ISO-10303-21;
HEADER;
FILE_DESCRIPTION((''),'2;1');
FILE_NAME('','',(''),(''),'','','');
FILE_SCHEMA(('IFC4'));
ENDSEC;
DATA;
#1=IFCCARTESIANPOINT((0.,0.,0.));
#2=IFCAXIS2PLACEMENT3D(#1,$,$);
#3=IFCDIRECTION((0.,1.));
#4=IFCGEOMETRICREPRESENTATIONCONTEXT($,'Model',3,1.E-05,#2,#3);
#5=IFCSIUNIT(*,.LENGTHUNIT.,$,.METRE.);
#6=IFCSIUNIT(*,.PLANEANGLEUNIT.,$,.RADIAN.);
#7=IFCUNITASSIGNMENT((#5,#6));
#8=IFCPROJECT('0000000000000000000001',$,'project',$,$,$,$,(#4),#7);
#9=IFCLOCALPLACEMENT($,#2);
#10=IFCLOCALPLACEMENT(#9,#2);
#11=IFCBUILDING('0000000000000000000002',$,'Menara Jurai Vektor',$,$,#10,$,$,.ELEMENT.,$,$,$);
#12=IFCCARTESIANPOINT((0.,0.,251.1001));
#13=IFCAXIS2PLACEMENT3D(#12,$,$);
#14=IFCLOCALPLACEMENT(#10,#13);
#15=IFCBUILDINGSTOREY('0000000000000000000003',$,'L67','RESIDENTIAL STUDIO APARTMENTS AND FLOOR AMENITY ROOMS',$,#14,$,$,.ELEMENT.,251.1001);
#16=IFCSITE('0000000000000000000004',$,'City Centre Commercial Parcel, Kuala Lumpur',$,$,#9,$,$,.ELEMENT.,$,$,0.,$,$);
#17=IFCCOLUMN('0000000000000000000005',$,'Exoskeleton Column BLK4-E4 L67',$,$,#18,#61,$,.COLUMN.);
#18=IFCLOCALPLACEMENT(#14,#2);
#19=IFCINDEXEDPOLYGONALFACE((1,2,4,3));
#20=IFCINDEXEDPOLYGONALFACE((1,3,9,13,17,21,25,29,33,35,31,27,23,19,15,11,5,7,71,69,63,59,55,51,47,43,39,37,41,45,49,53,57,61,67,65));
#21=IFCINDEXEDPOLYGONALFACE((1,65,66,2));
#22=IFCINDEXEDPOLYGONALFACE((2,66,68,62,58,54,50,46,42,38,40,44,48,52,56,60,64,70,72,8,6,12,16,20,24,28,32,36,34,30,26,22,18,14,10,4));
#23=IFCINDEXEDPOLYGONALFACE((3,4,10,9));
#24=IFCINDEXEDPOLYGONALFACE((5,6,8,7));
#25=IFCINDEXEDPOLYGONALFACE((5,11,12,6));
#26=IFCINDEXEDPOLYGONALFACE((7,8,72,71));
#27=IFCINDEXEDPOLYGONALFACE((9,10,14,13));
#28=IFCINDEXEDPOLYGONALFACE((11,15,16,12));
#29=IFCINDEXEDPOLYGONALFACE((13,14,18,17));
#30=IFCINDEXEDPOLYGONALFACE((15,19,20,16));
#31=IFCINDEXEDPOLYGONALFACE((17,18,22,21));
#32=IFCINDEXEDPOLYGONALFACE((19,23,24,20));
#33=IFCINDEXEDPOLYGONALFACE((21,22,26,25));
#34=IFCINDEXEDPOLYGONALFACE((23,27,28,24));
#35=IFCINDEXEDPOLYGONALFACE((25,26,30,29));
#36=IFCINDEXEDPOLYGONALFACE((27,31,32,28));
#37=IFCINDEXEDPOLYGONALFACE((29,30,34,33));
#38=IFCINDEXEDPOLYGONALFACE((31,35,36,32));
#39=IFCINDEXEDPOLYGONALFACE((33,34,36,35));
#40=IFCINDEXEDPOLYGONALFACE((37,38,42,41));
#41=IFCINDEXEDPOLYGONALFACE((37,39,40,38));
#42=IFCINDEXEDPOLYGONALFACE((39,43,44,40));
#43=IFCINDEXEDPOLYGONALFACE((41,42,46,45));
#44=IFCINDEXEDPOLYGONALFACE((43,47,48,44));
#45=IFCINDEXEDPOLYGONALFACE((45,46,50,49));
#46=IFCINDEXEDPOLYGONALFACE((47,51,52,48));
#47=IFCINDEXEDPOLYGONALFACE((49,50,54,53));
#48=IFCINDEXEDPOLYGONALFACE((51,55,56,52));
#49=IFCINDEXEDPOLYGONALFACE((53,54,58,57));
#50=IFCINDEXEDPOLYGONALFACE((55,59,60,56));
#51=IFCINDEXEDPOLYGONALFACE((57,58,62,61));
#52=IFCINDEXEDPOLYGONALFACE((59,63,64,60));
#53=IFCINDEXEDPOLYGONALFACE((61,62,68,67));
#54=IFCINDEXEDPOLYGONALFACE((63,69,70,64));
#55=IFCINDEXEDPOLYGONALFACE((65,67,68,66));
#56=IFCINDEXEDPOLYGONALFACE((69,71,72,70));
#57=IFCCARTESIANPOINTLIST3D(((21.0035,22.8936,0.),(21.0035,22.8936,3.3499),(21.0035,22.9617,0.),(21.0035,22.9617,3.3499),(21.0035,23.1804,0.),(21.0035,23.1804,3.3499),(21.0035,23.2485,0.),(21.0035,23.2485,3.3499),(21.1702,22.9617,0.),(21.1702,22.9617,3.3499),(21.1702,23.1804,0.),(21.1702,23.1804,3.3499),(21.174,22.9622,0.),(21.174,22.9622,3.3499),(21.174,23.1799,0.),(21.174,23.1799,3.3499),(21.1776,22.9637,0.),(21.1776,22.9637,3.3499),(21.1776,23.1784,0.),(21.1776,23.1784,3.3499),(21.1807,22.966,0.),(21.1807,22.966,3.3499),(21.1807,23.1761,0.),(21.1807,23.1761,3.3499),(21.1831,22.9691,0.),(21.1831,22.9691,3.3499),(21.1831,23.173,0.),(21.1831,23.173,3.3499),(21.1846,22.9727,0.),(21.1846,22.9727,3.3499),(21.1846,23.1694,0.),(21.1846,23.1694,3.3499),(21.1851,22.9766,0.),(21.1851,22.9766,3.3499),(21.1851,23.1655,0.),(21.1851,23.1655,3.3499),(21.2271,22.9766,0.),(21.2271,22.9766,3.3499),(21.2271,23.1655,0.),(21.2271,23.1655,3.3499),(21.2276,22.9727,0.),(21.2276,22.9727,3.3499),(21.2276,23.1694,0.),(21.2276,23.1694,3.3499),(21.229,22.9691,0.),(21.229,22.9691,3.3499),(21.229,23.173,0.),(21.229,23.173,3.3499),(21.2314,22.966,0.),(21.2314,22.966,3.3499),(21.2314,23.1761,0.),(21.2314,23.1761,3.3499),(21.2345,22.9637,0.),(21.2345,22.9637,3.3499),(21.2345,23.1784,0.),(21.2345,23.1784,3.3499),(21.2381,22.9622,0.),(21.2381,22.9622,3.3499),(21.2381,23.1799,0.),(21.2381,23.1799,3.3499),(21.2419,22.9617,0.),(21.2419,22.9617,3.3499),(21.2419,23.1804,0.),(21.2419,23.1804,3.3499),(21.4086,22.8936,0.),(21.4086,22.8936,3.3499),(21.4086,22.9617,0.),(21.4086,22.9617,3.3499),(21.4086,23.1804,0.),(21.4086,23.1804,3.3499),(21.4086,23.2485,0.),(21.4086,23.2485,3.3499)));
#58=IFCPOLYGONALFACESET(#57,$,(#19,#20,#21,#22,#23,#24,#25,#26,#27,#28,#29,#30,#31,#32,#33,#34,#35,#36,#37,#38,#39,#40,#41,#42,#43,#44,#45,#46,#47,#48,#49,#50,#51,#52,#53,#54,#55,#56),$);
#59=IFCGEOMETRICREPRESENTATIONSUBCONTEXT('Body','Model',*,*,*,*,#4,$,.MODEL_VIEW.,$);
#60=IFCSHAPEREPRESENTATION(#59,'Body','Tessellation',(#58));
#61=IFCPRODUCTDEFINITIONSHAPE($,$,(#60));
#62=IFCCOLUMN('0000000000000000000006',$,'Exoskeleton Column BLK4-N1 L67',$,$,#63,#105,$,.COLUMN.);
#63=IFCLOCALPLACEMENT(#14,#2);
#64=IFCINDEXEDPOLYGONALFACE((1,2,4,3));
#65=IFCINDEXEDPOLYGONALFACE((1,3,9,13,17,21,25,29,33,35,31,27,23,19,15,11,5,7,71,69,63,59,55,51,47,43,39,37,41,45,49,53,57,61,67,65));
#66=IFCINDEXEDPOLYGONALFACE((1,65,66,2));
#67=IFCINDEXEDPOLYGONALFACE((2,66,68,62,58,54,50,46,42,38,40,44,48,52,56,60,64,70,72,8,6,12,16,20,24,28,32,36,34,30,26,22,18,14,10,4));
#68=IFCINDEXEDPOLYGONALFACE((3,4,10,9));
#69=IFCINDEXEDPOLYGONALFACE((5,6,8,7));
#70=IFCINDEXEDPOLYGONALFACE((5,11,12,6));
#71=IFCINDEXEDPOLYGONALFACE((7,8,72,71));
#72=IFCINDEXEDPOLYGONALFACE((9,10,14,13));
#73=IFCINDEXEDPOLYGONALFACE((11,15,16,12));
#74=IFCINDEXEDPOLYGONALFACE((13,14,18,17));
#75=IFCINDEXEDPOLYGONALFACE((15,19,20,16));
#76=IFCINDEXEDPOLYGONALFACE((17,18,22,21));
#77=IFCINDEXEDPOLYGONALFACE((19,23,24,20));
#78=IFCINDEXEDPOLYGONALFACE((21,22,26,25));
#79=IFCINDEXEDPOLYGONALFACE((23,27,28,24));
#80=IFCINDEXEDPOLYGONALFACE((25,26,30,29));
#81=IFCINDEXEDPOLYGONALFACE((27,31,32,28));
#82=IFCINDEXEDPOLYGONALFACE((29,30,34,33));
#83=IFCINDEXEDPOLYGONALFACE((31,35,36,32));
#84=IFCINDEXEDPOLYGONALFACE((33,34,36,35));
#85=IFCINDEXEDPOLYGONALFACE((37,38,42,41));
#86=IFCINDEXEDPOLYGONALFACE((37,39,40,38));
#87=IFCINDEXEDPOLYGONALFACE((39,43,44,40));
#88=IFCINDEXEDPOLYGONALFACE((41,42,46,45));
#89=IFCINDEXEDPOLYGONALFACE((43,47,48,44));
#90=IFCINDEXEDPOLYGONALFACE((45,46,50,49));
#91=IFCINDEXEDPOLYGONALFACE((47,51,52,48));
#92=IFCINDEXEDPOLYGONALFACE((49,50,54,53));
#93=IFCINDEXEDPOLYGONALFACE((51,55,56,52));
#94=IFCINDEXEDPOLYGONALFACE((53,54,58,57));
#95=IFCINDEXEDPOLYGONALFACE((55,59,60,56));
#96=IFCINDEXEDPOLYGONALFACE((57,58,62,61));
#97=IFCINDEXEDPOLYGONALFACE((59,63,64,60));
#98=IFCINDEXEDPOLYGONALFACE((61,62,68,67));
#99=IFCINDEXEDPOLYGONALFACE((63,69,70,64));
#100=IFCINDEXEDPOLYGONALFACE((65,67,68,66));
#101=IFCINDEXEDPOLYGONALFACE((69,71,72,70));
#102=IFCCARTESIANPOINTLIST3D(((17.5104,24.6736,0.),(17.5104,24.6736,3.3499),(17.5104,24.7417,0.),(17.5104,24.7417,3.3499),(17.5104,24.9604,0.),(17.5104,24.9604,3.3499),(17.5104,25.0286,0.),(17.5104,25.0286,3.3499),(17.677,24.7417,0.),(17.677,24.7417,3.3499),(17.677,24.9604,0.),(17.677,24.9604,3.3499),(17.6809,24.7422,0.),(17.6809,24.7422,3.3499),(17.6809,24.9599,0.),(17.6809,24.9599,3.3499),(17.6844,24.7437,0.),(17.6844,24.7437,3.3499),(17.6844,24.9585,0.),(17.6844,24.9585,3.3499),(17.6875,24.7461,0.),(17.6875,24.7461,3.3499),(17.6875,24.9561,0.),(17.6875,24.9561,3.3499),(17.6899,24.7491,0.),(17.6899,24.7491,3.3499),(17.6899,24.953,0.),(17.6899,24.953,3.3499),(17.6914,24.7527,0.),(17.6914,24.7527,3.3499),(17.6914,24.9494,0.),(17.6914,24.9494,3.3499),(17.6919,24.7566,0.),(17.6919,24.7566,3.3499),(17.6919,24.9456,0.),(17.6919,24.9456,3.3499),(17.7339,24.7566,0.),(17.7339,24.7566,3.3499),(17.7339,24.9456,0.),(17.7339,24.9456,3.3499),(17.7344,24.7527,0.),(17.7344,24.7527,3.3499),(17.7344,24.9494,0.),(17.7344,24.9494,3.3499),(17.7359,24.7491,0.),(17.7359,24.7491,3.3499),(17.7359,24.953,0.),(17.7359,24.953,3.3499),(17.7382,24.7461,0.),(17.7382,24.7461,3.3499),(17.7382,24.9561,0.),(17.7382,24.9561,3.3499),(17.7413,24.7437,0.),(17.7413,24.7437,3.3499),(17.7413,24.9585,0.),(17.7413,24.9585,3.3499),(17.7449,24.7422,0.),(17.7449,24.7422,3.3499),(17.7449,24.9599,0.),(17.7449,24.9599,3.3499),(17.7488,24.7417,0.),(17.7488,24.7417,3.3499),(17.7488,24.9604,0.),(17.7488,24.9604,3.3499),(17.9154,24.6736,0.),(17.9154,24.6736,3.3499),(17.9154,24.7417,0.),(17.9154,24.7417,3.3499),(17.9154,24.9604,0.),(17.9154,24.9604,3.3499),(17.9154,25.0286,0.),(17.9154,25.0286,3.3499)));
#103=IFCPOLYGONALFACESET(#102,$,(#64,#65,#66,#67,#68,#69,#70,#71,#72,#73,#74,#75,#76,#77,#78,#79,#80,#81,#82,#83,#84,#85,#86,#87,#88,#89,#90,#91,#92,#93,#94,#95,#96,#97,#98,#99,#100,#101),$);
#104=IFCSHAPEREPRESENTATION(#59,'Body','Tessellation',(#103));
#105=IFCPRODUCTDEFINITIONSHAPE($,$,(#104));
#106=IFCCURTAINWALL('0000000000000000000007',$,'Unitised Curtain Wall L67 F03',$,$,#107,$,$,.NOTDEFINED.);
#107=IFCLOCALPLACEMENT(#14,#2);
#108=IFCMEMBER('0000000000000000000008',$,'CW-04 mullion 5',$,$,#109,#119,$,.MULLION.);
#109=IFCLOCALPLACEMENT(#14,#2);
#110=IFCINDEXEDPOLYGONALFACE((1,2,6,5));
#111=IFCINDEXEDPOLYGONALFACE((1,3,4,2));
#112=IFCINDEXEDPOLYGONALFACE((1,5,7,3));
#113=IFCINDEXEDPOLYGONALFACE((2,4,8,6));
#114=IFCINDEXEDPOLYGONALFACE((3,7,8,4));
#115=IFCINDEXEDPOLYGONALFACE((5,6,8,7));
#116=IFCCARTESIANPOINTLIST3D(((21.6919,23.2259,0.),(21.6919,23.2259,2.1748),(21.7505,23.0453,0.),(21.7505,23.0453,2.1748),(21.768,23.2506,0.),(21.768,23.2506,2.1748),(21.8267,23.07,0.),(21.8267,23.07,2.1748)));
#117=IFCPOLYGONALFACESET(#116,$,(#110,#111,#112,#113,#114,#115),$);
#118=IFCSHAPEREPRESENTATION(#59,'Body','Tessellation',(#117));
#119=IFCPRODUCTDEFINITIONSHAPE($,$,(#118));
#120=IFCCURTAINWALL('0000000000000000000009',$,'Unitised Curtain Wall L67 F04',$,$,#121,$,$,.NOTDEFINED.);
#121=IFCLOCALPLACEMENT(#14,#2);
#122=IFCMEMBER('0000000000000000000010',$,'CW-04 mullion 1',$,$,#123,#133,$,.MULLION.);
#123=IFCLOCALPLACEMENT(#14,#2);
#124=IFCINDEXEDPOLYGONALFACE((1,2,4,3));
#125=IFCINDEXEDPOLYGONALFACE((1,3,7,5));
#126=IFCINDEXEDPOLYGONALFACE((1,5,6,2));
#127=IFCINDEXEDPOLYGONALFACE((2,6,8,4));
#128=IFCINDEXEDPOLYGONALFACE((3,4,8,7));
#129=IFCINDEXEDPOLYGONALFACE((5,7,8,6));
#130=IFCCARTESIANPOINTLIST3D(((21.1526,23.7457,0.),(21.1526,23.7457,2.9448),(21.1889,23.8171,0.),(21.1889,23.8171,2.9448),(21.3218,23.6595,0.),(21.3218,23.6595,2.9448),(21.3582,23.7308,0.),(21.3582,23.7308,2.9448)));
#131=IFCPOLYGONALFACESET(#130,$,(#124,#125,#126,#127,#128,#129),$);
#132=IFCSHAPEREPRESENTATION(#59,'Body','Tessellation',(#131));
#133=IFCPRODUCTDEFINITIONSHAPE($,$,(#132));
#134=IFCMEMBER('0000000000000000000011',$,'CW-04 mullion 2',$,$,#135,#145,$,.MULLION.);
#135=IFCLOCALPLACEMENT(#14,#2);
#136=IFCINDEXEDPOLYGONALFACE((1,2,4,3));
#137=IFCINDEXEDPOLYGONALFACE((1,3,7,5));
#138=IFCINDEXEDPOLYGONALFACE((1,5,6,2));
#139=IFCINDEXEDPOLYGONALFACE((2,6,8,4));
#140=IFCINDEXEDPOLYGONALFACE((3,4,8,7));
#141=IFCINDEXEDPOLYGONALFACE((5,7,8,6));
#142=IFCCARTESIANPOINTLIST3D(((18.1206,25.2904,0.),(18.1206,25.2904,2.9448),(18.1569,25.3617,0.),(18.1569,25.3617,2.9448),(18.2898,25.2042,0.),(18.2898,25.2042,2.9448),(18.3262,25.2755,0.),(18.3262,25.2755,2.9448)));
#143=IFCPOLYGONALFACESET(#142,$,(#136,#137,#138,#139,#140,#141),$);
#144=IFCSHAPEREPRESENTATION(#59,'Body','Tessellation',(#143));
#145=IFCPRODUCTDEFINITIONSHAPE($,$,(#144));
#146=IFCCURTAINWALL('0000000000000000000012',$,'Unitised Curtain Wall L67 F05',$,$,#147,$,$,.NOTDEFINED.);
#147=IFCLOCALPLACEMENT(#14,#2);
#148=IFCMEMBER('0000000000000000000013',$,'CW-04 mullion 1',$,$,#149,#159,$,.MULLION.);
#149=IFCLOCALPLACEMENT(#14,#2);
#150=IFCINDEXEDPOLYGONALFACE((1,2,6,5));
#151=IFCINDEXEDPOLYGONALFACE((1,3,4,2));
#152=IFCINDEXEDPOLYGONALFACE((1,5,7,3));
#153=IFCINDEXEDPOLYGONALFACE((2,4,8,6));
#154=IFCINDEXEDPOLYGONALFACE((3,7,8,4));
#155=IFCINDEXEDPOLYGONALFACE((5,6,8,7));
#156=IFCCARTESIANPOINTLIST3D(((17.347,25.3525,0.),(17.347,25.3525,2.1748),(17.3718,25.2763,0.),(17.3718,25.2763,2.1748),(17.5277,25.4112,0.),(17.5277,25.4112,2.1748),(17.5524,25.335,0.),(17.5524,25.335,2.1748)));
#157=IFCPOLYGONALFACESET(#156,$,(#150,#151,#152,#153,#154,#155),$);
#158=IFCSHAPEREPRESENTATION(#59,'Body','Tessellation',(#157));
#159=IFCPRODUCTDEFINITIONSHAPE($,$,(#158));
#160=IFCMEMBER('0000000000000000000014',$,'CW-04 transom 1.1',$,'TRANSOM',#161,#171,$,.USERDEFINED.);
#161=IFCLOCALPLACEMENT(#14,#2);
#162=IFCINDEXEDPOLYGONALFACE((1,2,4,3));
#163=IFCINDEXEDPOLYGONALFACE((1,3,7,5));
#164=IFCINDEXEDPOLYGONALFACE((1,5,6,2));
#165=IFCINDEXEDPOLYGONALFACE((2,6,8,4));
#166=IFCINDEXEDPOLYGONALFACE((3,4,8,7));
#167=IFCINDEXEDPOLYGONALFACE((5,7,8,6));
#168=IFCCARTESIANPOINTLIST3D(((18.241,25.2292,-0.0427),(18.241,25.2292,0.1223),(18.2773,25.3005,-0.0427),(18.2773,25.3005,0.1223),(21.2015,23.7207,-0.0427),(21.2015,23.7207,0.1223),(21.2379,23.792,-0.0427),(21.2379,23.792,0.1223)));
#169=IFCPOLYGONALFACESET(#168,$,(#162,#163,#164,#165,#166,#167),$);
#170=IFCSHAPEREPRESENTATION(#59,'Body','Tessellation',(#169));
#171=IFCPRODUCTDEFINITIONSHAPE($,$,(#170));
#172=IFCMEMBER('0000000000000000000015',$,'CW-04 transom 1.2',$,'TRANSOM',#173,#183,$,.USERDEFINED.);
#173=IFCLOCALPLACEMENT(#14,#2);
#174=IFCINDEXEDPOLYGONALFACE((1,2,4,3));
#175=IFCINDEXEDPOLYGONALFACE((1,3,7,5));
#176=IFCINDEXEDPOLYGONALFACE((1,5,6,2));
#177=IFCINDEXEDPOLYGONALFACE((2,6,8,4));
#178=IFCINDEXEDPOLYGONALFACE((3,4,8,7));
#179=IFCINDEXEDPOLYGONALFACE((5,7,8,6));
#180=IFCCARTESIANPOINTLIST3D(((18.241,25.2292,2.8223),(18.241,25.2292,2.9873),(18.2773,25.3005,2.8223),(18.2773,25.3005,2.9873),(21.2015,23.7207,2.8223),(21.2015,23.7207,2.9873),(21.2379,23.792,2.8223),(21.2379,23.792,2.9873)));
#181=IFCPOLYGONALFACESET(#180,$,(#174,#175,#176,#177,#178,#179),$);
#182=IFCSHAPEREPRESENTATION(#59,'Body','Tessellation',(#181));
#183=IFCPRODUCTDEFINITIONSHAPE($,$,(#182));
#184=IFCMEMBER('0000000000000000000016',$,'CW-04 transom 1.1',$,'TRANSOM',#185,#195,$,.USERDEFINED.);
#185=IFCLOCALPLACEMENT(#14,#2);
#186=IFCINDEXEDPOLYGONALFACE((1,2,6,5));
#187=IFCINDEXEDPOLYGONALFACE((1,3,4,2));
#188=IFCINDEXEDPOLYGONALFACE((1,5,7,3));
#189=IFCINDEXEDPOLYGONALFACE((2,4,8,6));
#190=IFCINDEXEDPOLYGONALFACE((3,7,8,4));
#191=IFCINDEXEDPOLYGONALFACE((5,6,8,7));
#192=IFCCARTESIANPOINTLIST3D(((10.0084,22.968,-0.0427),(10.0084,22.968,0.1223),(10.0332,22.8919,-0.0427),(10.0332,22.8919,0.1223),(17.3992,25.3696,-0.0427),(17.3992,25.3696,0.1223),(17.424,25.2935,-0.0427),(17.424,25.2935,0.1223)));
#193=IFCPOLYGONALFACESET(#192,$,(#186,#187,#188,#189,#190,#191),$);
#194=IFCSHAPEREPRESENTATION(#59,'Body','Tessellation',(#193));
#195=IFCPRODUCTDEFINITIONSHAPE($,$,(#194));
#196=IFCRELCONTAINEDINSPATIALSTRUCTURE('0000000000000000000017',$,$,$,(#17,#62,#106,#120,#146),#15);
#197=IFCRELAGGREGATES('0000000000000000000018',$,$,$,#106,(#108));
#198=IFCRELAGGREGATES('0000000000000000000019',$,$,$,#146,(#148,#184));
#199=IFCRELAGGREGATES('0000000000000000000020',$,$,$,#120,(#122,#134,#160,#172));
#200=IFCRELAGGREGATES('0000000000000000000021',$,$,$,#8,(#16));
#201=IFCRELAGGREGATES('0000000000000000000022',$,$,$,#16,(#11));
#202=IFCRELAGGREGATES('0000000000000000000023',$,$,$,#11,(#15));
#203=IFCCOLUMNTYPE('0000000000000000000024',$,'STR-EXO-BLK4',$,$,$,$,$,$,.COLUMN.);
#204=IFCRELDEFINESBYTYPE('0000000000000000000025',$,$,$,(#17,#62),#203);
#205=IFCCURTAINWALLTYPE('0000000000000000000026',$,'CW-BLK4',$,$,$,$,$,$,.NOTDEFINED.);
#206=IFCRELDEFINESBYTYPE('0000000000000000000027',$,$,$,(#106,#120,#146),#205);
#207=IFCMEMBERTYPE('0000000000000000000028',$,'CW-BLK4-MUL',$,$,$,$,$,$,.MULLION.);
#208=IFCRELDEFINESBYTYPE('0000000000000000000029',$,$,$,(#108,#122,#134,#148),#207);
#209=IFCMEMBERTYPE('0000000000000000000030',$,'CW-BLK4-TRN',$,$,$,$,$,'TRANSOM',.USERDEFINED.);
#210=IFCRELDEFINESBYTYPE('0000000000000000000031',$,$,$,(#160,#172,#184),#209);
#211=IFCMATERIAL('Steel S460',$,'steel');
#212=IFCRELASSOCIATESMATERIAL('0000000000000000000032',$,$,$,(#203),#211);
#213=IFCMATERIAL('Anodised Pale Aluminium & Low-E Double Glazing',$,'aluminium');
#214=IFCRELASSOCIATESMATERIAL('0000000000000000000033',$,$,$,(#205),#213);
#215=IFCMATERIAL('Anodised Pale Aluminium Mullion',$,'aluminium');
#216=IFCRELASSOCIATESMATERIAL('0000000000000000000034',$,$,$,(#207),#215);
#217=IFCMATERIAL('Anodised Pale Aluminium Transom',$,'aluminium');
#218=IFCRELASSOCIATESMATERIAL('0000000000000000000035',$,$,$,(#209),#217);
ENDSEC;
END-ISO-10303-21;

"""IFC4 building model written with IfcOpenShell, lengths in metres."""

from ifc_helpers import new_model, si_unit, direction, frame, origin, origin_2d, place, context, subcontext, project, spatial, rectangle, i_section, extrude, material, material_profile, profile_set, type_object, element, aggregate, save


model = new_model("IFC4")

# Units and contexts
model_context = context("Model", 3, precision=1e-05, world=origin(), true_north=direction((0.0, 1.0)))
body_context = subcontext(model_context, "Body", "Model", "MODEL_VIEW")
ifc_project = project(units=[si_unit("LENGTHUNIT", "METRE"), si_unit("PLANEANGLEUNIT", "RADIAN")], contexts=[model_context])

# Site, building, storey
site_placement = place(None, origin())
site = spatial("IfcSite", under=ifc_project, at=site_placement, Name="City Centre Commercial Parcel, Kuala Lumpur", CompositionType="ELEMENT", RefElevation=0.0)
building_placement = place(site_placement, origin())
building = spatial("IfcBuilding", under=site, at=building_placement, Name="Menara Jurai Vektor", CompositionType="ELEMENT")
storey_placement = place(building_placement, frame((0.0, 0.0, 251.1001)))
storey = spatial("IfcBuildingStorey", under=building, at=storey_placement, Name="L67", Description="RESIDENTIAL STUDIO APARTMENTS AND FLOOR AMENITY ROOMS", CompositionType="ELEMENT", Elevation=251.1001)

# Columns
ifc_material_1 = material(Name="Steel S460", Category="steel")
ifc_material_profile_1 = material_profile(ifc_material_1, i_section(OverallWidth=0.405, OverallDepth=0.355, WebThickness=0.042, FlangeThickness=0.0681, FilletRadius=0.0149, at=origin_2d()), Name="HD 400x551")
ifc_profile_set_1 = profile_set([ifc_material_profile_1], Name="Steel S460")
column_type = type_object("IfcColumnType", Name="STR-EXO-BLK4", PredefinedType="COLUMN", material=ifc_profile_set_1)
for number, where, z_axis, x_axis, name in (
    (1, (21.2061, 23.071, 0.0), (0.0, 0.0, 1.0), (1.0, 0.0, 0.0), "Exoskeleton Column BLK4-E4 L67"),
    (2, (17.7129, 24.8511, 0.0), (0.0, 0.0, 1.0), (1.0, 0.0, 0.0), "Exoskeleton Column BLK4-N1 L67"),
):
    element("IfcColumn", number, at=place(storey_placement, frame(where, z_axis=z_axis, x_axis=x_axis)), inside=storey, type_object=column_type, Name=name, PredefinedType="COLUMN", context=body_context, shape_type="SweptSolid", body=[
        extrude(i_section(OverallWidth=0.405, OverallDepth=0.355, WebThickness=0.042, FlangeThickness=0.0681, FilletRadius=0.0149, at=origin_2d()), origin(), (0.0, 0.0, 1.0), 3.3499),
    ])

# Curtain wall, member
ifc_material_2 = material(Name="Anodised Pale Aluminium & Low-E Double Glazing", Category="aluminium")
curtain_wall_type = type_object("IfcCurtainWallType", Name="CW-BLK4", PredefinedType="NOTDEFINED", material=ifc_material_2)
curtain_wall_1_placement = place(storey_placement, origin())
curtain_wall_1 = element("IfcCurtainWall", 3, at=curtain_wall_1_placement, inside=storey, type_object=curtain_wall_type, Name="Unitised Curtain Wall L67 F03", PredefinedType="NOTDEFINED")
ifc_material_3 = material(Name="Anodised Pale Aluminium Mullion", Category="aluminium")
ifc_material_profile_2 = material_profile(ifc_material_3, rectangle(XDim=0.0801, YDim=0.1899, at=origin_2d()), Name="ALU MUL 80x190")
ifc_profile_set_2 = profile_set([ifc_material_profile_2], Name="Anodised Pale Aluminium Mullion")
member_type_1 = type_object("IfcMemberType", Name="CW-BLK4-MUL", PredefinedType="MULLION", material=ifc_profile_set_2)
member_1_placement = place(storey_placement, frame((21.7593, 23.1479, 0.0), z_axis=(0.0, 0.0, 1.0), x_axis=(-0.951057, -0.309016, 0.0)))
member_1 = element("IfcMember", 4, at=member_1_placement, type_object=member_type_1, Name="CW-04 mullion 5", PredefinedType="MULLION", context=body_context, shape_type="SweptSolid", body=[
    extrude(rectangle(XDim=0.0801, YDim=0.1899, at=origin_2d()), origin(), (0.0, 0.0, 1.0), 2.1748),
])

# Curtain wall, members
curtain_wall_2_placement = place(storey_placement, origin())
curtain_wall_2 = element("IfcCurtainWall", 5, at=curtain_wall_2_placement, inside=storey, type_object=curtain_wall_type, Name="Unitised Curtain Wall L67 F04", PredefinedType="NOTDEFINED")
member_2_placement = place(storey_placement, frame((21.2554, 23.7383, 0.0), z_axis=(0.0, 0.0, 1.0), x_axis=(-0.453989, -0.891008, 0.0)))
member_2 = element("IfcMember", 6, at=member_2_placement, type_object=member_type_1, Name="CW-04 mullion 1", PredefinedType="MULLION", context=body_context, shape_type="SweptSolid", body=[
    extrude(rectangle(XDim=0.0801, YDim=0.1899, at=origin_2d()), origin(), (0.0, 0.0, 1.0), 2.9448),
])
member_3_placement = place(storey_placement, frame((18.2234, 25.283, 0.0), z_axis=(0.0, 0.0, 1.0), x_axis=(-0.453989, -0.891008, 0.0)))
member_3 = element("IfcMember", 7, at=member_3_placement, type_object=member_type_1, Name="CW-04 mullion 2", PredefinedType="MULLION", context=body_context, shape_type="SweptSolid", body=[
    extrude(rectangle(XDim=0.0801, YDim=0.1899, at=origin_2d()), origin(), (0.0, 0.0, 1.0), 2.9448),
])

# Curtain wall, member
curtain_wall_3_placement = place(storey_placement, origin())
curtain_wall_3 = element("IfcCurtainWall", 8, at=curtain_wall_3_placement, inside=storey, type_object=curtain_wall_type, Name="Unitised Curtain Wall L67 F05", PredefinedType="NOTDEFINED")
member_4_placement = place(storey_placement, frame((17.4497, 25.3438, 0.0), z_axis=(0.0, 0.0, 1.0), x_axis=(0.309017, -0.951056, 0.0)))
member_4 = element("IfcMember", 9, at=member_4_placement, type_object=member_type_1, Name="CW-04 mullion 1", PredefinedType="MULLION", context=body_context, shape_type="SweptSolid", body=[
    extrude(rectangle(XDim=0.0801, YDim=0.1899, at=origin_2d()), origin(), (0.0, 0.0, 1.0), 2.1748),
])

# Members
ifc_material_4 = material(Name="Anodised Pale Aluminium Transom", Category="aluminium")
ifc_material_profile_3 = material_profile(ifc_material_4, rectangle(XDim=0.0801, YDim=0.165, at=origin_2d()), Name="ALU TRN 80x165")
ifc_profile_set_3 = profile_set([ifc_material_profile_3], Name="Anodised Pale Aluminium Transom")
member_type_2 = type_object("IfcMemberType", Name="CW-BLK4-TRN", ElementType="TRANSOM", PredefinedType="USERDEFINED", material=ifc_profile_set_3)
member_5_placement = place(storey_placement, frame((21.2197, 23.7563, 0.0398), z_axis=(-0.891007, 0.45399, 0.0), x_axis=(-0.45399, -0.891007, 0.0)))
member_5 = element("IfcMember", 10, at=member_5_placement, type_object=member_type_2, Name="CW-04 transom 1.1", ObjectType="TRANSOM", PredefinedType="USERDEFINED", context=body_context, shape_type="SweptSolid", body=[
    extrude(rectangle(XDim=0.0801, YDim=0.165, at=origin_2d()), origin(), (0.0, 0.0, 1.0), 3.3228),
])
member_6_placement = place(storey_placement, frame((21.2197, 23.7563, 2.9048), z_axis=(-0.891007, 0.45399, 0.0), x_axis=(-0.45399, -0.891007, 0.0)))
member_6 = element("IfcMember", 11, at=member_6_placement, type_object=member_type_2, Name="CW-04 transom 1.2", ObjectType="TRANSOM", PredefinedType="USERDEFINED", context=body_context, shape_type="SweptSolid", body=[
    extrude(rectangle(XDim=0.0801, YDim=0.165, at=origin_2d()), origin(), (0.0, 0.0, 1.0), 3.3228),
])
member_7_placement = place(storey_placement, frame((17.4116, 25.3315, 0.0398), z_axis=(-0.95105, -0.309037, 0.0), x_axis=(0.309037, -0.95105, 0.0)))
member_7 = element("IfcMember", 12, at=member_7_placement, type_object=member_type_2, Name="CW-04 transom 1.1", ObjectType="TRANSOM", PredefinedType="USERDEFINED", context=body_context, shape_type="SweptSolid", body=[
    extrude(rectangle(XDim=0.0801, YDim=0.165, at=origin_2d()), origin(), (0.0, 0.0, 1.0), 7.7712),
])

aggregate(curtain_wall_1, [member_1])
aggregate(curtain_wall_3, [member_4, member_7])
aggregate(curtain_wall_2, [member_2, member_3, member_5, member_6])

save(model, "model.ifc")
